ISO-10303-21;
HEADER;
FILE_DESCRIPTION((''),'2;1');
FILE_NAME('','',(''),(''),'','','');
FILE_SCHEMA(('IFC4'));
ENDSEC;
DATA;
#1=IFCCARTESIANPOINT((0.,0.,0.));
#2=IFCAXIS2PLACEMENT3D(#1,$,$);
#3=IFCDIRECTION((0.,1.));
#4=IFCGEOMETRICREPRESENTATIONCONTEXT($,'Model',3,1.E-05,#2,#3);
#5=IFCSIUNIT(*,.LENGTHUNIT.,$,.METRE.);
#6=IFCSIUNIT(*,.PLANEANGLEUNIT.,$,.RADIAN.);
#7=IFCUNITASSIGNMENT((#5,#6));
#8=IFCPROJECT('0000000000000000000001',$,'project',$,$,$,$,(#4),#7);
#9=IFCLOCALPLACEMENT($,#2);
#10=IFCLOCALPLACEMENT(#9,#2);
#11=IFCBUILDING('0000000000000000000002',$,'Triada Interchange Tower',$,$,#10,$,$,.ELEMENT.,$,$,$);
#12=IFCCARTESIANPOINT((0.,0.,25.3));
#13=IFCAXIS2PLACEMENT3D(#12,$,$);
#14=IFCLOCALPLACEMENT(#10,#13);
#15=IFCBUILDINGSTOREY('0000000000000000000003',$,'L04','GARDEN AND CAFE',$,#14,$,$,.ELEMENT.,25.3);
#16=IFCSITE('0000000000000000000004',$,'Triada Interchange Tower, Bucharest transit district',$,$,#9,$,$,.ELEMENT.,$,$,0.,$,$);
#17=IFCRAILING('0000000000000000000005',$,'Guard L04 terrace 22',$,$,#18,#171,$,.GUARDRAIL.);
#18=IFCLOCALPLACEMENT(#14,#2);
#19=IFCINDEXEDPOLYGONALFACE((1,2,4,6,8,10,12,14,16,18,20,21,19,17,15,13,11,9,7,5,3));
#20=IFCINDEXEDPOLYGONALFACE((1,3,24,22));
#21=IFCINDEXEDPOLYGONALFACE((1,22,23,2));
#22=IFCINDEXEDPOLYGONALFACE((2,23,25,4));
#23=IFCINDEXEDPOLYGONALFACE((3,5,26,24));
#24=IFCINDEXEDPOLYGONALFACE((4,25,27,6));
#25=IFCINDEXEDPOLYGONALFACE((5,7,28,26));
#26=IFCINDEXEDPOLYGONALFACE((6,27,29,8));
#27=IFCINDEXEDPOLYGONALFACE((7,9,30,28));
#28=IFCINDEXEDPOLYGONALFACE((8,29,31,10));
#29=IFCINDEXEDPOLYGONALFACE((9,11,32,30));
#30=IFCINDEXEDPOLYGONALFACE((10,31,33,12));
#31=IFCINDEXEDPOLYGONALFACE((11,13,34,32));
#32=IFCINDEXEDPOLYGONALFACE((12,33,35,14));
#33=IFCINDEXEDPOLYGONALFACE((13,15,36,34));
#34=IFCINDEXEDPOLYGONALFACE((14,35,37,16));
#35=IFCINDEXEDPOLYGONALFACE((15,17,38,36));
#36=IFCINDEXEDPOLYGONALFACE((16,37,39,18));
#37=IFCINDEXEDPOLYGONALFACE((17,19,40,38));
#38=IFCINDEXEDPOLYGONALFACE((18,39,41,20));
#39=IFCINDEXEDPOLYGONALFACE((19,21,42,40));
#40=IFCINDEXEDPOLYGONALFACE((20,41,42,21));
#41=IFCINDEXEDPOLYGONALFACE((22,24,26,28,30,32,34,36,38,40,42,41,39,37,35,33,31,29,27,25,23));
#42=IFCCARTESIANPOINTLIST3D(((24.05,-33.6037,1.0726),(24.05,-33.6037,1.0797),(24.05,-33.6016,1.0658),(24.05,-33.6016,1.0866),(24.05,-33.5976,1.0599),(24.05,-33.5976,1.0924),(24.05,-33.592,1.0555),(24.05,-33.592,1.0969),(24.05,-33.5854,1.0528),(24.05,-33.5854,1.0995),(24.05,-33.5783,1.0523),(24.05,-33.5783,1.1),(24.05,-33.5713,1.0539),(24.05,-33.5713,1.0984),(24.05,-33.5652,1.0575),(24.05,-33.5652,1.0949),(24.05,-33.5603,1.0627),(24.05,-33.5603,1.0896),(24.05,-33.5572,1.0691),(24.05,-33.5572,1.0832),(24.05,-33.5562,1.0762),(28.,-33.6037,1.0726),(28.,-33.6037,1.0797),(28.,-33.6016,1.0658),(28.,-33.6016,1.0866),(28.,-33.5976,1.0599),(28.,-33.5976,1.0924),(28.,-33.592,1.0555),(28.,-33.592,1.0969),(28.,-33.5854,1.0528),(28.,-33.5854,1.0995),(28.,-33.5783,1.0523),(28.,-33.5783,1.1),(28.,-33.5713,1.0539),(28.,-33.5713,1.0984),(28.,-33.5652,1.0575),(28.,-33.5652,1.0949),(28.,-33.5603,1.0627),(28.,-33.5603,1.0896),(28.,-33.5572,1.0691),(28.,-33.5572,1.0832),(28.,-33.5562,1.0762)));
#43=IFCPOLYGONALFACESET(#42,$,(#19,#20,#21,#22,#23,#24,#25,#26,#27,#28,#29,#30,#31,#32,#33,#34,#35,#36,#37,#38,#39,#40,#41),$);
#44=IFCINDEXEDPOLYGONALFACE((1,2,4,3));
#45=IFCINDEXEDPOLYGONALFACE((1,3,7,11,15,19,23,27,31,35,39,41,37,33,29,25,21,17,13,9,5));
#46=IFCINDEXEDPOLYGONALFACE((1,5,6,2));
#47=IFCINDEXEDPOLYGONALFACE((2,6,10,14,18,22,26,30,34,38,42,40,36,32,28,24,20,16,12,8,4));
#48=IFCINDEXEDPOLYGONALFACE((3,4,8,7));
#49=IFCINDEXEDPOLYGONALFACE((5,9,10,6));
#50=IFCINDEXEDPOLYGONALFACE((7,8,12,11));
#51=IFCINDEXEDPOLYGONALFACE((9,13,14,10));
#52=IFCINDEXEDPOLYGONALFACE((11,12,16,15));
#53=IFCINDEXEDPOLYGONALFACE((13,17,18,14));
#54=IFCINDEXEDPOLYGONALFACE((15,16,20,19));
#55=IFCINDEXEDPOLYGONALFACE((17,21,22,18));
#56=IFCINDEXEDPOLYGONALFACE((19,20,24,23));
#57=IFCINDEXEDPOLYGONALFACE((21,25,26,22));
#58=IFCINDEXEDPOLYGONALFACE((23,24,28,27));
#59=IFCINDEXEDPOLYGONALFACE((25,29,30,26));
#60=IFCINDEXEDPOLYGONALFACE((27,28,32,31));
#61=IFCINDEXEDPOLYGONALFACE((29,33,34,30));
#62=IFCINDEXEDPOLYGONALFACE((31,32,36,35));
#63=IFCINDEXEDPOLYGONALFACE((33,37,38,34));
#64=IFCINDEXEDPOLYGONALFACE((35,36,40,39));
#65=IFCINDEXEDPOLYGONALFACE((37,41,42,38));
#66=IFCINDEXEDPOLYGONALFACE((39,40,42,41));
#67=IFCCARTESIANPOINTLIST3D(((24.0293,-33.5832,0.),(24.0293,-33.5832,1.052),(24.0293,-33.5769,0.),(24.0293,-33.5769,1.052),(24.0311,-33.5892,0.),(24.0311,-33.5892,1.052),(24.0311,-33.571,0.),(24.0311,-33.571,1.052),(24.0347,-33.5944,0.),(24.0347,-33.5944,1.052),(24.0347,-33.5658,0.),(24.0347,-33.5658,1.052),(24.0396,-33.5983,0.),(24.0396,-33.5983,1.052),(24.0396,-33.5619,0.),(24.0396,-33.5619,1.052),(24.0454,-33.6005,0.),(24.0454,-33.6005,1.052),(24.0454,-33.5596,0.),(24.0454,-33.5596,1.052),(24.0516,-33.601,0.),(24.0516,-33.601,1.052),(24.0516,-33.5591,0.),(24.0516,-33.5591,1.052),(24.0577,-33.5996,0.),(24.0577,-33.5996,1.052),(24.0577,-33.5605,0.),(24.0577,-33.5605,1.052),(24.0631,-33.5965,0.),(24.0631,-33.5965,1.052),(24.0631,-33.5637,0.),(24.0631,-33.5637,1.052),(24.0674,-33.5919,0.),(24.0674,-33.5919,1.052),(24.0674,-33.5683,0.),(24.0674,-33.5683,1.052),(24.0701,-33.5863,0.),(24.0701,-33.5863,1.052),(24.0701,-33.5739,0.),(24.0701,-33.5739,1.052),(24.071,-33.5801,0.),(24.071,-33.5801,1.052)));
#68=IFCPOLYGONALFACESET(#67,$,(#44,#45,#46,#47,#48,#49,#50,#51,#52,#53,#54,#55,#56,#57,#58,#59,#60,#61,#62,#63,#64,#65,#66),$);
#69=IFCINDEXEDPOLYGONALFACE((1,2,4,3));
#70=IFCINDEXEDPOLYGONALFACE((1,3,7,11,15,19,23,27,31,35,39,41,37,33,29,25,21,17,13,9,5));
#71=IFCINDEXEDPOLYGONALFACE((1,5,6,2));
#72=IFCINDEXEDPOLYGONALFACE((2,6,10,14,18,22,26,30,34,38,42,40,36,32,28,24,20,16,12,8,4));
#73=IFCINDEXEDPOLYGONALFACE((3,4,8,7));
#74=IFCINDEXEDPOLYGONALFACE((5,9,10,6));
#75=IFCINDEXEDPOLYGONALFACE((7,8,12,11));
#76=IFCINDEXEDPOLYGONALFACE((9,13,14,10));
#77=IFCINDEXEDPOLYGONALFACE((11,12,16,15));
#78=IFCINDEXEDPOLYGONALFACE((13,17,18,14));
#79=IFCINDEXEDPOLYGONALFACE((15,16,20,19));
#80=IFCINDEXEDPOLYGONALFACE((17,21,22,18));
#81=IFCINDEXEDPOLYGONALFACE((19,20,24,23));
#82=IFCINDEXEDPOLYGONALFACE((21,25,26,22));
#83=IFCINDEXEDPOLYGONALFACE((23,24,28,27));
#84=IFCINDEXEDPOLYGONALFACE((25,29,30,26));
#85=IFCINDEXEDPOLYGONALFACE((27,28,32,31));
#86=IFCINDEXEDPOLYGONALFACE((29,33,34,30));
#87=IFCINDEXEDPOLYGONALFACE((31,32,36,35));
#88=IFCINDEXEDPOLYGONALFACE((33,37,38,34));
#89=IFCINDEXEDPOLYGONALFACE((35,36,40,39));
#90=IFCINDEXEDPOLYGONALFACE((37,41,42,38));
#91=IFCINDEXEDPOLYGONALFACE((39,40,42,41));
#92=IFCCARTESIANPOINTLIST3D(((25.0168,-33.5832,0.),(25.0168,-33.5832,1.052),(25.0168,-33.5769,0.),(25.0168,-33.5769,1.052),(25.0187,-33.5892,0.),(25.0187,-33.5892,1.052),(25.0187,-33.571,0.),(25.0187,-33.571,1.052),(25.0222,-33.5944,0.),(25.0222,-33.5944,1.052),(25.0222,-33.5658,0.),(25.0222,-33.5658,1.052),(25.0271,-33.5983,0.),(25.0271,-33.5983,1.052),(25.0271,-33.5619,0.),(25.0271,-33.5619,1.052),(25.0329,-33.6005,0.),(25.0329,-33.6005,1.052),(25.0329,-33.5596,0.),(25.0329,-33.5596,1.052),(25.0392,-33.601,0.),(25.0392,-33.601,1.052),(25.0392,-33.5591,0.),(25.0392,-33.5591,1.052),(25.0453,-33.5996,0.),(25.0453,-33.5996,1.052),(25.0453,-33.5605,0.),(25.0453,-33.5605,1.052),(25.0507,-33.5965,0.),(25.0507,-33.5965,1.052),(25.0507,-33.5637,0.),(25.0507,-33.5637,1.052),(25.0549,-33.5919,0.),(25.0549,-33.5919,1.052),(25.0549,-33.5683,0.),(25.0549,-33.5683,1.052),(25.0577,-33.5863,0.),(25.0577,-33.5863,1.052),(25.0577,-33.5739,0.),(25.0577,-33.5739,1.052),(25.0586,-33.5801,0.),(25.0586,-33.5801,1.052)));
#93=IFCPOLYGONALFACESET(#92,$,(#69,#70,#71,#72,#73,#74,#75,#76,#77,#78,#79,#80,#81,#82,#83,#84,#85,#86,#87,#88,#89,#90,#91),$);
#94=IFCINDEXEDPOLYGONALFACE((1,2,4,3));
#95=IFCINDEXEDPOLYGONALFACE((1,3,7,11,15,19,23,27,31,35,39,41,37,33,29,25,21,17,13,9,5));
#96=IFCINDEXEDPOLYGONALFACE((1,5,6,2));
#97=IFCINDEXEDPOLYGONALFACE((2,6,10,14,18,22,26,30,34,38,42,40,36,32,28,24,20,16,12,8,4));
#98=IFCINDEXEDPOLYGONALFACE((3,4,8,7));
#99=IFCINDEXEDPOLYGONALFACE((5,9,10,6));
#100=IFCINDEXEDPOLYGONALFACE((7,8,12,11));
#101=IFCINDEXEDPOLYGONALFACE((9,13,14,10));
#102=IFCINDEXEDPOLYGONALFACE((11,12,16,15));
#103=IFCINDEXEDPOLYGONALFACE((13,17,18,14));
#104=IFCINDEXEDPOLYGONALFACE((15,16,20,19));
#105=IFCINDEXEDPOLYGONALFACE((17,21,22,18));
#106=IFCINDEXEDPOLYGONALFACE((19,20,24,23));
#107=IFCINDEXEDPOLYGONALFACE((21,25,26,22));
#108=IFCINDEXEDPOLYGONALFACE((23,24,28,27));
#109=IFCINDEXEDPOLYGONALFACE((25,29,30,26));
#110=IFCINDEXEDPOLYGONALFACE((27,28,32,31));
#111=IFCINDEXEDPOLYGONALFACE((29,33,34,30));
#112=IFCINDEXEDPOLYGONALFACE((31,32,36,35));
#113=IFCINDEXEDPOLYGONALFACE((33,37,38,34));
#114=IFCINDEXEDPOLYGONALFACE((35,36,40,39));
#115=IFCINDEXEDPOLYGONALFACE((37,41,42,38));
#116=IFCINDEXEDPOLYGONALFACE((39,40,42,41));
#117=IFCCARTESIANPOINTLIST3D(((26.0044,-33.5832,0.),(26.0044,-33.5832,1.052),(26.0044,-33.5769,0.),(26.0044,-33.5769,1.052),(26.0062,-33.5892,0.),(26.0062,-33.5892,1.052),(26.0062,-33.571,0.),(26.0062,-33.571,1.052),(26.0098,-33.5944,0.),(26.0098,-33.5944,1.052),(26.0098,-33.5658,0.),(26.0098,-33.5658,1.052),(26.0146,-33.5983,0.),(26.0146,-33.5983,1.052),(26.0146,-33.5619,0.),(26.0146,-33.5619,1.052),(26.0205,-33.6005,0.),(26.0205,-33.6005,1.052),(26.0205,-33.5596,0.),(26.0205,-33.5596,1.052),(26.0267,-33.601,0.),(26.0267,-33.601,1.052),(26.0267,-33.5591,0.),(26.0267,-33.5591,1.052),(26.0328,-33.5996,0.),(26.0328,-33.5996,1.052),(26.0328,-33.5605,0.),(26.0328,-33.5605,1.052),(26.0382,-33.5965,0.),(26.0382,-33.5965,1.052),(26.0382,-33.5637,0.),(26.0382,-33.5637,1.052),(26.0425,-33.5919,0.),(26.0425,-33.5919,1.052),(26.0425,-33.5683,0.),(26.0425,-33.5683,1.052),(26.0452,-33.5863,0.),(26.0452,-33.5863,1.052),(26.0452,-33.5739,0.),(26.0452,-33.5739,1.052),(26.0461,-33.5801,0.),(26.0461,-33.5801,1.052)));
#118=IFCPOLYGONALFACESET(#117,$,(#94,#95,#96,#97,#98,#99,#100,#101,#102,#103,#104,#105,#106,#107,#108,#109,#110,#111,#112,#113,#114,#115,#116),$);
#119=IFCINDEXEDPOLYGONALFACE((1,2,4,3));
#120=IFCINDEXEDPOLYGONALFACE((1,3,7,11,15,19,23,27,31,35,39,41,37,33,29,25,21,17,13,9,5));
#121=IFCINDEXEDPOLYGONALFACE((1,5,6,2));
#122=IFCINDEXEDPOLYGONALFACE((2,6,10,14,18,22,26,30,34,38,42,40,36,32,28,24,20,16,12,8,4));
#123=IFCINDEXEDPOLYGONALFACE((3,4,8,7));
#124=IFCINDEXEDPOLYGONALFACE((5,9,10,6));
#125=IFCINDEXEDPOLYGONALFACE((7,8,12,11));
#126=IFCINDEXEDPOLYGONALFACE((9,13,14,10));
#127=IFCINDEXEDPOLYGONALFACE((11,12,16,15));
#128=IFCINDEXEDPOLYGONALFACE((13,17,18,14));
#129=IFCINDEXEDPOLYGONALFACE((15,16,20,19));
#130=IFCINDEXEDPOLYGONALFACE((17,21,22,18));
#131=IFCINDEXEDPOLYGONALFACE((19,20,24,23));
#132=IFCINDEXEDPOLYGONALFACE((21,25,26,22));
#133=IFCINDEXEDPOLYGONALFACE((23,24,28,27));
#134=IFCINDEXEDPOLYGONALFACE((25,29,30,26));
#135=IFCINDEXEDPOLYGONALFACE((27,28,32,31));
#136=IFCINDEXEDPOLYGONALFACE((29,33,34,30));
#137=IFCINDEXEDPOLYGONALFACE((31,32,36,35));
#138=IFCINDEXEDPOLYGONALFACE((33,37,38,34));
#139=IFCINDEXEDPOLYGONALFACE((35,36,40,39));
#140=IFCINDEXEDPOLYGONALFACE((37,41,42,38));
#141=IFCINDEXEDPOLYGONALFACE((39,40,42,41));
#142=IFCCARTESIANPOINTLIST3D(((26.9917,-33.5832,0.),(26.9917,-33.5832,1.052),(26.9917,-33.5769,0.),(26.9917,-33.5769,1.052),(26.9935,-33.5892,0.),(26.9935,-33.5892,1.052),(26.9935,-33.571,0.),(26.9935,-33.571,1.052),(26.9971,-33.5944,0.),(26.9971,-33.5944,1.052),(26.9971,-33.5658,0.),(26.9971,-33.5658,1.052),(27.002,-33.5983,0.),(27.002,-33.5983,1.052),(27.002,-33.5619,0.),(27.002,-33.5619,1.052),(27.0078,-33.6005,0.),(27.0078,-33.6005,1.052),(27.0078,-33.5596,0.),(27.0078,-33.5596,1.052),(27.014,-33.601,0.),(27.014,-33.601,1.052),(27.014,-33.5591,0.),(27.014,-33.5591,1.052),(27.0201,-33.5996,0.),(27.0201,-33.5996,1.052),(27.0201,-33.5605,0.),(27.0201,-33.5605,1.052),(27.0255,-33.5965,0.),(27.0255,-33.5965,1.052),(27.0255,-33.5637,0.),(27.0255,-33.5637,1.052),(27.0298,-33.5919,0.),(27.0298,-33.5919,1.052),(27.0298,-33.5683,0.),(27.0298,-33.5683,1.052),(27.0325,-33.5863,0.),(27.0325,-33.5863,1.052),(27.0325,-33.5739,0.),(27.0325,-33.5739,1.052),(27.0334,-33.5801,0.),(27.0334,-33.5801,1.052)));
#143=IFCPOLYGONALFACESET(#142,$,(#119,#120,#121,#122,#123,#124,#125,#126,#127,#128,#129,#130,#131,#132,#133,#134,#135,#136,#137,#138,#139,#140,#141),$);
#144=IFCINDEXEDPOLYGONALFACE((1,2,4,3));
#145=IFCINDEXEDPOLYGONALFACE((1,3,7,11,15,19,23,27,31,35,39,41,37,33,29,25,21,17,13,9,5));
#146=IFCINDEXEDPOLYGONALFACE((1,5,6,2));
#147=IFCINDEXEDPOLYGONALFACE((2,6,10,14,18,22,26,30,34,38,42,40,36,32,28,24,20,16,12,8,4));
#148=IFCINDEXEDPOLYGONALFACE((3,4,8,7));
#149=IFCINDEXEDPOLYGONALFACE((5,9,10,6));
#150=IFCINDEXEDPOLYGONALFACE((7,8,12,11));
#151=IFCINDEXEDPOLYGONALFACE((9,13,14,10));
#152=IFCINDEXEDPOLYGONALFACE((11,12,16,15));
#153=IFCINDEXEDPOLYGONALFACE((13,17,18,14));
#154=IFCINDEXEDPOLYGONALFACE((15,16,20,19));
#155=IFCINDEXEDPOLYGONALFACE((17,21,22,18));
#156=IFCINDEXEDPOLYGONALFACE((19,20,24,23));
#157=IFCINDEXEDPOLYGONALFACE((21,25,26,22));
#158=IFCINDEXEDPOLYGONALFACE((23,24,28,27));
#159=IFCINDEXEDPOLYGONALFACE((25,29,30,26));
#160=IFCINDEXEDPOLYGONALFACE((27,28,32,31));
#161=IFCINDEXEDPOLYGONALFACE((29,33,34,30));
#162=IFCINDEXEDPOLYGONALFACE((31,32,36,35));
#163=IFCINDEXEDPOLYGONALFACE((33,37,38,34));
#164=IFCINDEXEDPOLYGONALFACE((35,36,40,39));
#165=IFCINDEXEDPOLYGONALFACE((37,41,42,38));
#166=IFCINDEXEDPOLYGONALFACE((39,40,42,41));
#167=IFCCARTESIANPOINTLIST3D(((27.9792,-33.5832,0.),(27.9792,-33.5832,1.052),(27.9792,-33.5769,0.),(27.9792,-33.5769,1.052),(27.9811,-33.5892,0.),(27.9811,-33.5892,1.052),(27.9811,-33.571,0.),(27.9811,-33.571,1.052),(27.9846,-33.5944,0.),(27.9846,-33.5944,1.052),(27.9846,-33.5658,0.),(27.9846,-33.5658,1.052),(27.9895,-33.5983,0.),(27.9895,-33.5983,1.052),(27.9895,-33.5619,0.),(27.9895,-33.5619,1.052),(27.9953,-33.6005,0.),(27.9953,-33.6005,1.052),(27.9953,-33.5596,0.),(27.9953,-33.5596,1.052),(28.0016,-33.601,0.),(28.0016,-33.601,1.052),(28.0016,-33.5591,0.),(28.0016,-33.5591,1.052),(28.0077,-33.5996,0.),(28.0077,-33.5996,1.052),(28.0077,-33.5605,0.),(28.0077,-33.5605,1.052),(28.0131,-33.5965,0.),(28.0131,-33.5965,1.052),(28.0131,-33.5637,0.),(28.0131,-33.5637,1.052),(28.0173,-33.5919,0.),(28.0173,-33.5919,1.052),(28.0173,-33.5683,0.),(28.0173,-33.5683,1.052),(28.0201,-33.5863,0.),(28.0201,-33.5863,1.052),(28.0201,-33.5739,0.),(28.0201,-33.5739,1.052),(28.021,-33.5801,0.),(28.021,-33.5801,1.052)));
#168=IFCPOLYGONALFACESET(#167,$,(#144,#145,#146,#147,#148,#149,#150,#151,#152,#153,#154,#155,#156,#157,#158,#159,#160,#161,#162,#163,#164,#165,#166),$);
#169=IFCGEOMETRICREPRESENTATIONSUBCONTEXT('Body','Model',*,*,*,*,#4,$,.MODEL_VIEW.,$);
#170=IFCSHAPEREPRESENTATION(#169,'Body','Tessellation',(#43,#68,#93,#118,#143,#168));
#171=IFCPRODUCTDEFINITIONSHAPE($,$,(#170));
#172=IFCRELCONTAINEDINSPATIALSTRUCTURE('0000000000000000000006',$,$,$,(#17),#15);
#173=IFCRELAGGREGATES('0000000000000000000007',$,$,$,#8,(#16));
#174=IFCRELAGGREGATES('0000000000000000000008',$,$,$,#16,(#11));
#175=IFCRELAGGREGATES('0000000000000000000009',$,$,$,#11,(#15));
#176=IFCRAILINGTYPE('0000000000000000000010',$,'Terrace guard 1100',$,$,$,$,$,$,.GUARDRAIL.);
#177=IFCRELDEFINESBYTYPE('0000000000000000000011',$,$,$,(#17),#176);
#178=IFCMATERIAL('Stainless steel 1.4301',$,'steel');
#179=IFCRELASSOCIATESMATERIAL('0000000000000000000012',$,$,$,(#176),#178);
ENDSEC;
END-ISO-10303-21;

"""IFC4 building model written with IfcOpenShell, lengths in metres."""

from ifc_helpers import new_model, si_unit, direction, frame, origin, origin_2d, place, context, subcontext, project, spatial, circle, extrude, material, type_object, element, save


model = new_model("IFC4")

# Units and contexts
model_context = context("Model", 3, precision=1e-05, world=origin(), true_north=direction((0.0, 1.0)))
body_context = subcontext(model_context, "Body", "Model", "MODEL_VIEW")
ifc_project = project(units=[si_unit("LENGTHUNIT", "METRE"), si_unit("PLANEANGLEUNIT", "RADIAN")], contexts=[model_context])

# Site, building, storey
site_placement = place(None, origin())
site = spatial("IfcSite", under=ifc_project, at=site_placement, Name="Triada Interchange Tower, Bucharest transit district", CompositionType="ELEMENT", RefElevation=0.0)
building_placement = place(site_placement, origin())
building = spatial("IfcBuilding", under=site, at=building_placement, Name="Triada Interchange Tower", CompositionType="ELEMENT")
storey_placement = place(building_placement, frame((0.0, 0.0, 25.3)))
storey = spatial("IfcBuildingStorey", under=building, at=storey_placement, Name="L04", Description="GARDEN AND CAFE", CompositionType="ELEMENT", Elevation=25.3)

# Railing
ifc_material_1 = material(Name="Stainless steel 1.4301", Category="steel")
railing_type = type_object("IfcRailingType", Name="Terrace guard 1100", PredefinedType="GUARDRAIL", material=ifc_material_1)
railing_1_placement = place(storey_placement, frame((24.05, -33.5801, 0.0)))
element("IfcRailing", 1, at=railing_1_placement, inside=storey, type_object=railing_type, Name="Guard L04 terrace 22", PredefinedType="GUARDRAIL", context=body_context, shape_type="SweptSolid", body=[
    extrude(circle(Radius=0.0239, at=origin_2d()), frame((0.0, 0.0, 1.0762), z_axis=(1.0, 0.0, 0.0), x_axis=(0.0, 1.0, 0.0)), (0.0, 0.0, 1.0), 3.95),
    extrude(circle(Radius=0.021, at=origin_2d()), origin(), (0.0, 0.0, 1.0), 1.052),
    extrude(circle(Radius=0.021, at=origin_2d()), frame((0.9875, 0.0, 0.0)), (0.0, 0.0, 1.0), 1.052),
    extrude(circle(Radius=0.021, at=origin_2d()), frame((1.9751, 0.0, 0.0)), (0.0, 0.0, 1.0), 1.052),
    extrude(circle(Radius=0.021, at=origin_2d()), frame((2.9624, 0.0, 0.0)), (0.0, 0.0, 1.0), 1.052),
    extrude(circle(Radius=0.021, at=origin_2d()), frame((3.95, 0.0, 0.0)), (0.0, 0.0, 1.0), 1.052),
])

save(model, "model.ifc")
